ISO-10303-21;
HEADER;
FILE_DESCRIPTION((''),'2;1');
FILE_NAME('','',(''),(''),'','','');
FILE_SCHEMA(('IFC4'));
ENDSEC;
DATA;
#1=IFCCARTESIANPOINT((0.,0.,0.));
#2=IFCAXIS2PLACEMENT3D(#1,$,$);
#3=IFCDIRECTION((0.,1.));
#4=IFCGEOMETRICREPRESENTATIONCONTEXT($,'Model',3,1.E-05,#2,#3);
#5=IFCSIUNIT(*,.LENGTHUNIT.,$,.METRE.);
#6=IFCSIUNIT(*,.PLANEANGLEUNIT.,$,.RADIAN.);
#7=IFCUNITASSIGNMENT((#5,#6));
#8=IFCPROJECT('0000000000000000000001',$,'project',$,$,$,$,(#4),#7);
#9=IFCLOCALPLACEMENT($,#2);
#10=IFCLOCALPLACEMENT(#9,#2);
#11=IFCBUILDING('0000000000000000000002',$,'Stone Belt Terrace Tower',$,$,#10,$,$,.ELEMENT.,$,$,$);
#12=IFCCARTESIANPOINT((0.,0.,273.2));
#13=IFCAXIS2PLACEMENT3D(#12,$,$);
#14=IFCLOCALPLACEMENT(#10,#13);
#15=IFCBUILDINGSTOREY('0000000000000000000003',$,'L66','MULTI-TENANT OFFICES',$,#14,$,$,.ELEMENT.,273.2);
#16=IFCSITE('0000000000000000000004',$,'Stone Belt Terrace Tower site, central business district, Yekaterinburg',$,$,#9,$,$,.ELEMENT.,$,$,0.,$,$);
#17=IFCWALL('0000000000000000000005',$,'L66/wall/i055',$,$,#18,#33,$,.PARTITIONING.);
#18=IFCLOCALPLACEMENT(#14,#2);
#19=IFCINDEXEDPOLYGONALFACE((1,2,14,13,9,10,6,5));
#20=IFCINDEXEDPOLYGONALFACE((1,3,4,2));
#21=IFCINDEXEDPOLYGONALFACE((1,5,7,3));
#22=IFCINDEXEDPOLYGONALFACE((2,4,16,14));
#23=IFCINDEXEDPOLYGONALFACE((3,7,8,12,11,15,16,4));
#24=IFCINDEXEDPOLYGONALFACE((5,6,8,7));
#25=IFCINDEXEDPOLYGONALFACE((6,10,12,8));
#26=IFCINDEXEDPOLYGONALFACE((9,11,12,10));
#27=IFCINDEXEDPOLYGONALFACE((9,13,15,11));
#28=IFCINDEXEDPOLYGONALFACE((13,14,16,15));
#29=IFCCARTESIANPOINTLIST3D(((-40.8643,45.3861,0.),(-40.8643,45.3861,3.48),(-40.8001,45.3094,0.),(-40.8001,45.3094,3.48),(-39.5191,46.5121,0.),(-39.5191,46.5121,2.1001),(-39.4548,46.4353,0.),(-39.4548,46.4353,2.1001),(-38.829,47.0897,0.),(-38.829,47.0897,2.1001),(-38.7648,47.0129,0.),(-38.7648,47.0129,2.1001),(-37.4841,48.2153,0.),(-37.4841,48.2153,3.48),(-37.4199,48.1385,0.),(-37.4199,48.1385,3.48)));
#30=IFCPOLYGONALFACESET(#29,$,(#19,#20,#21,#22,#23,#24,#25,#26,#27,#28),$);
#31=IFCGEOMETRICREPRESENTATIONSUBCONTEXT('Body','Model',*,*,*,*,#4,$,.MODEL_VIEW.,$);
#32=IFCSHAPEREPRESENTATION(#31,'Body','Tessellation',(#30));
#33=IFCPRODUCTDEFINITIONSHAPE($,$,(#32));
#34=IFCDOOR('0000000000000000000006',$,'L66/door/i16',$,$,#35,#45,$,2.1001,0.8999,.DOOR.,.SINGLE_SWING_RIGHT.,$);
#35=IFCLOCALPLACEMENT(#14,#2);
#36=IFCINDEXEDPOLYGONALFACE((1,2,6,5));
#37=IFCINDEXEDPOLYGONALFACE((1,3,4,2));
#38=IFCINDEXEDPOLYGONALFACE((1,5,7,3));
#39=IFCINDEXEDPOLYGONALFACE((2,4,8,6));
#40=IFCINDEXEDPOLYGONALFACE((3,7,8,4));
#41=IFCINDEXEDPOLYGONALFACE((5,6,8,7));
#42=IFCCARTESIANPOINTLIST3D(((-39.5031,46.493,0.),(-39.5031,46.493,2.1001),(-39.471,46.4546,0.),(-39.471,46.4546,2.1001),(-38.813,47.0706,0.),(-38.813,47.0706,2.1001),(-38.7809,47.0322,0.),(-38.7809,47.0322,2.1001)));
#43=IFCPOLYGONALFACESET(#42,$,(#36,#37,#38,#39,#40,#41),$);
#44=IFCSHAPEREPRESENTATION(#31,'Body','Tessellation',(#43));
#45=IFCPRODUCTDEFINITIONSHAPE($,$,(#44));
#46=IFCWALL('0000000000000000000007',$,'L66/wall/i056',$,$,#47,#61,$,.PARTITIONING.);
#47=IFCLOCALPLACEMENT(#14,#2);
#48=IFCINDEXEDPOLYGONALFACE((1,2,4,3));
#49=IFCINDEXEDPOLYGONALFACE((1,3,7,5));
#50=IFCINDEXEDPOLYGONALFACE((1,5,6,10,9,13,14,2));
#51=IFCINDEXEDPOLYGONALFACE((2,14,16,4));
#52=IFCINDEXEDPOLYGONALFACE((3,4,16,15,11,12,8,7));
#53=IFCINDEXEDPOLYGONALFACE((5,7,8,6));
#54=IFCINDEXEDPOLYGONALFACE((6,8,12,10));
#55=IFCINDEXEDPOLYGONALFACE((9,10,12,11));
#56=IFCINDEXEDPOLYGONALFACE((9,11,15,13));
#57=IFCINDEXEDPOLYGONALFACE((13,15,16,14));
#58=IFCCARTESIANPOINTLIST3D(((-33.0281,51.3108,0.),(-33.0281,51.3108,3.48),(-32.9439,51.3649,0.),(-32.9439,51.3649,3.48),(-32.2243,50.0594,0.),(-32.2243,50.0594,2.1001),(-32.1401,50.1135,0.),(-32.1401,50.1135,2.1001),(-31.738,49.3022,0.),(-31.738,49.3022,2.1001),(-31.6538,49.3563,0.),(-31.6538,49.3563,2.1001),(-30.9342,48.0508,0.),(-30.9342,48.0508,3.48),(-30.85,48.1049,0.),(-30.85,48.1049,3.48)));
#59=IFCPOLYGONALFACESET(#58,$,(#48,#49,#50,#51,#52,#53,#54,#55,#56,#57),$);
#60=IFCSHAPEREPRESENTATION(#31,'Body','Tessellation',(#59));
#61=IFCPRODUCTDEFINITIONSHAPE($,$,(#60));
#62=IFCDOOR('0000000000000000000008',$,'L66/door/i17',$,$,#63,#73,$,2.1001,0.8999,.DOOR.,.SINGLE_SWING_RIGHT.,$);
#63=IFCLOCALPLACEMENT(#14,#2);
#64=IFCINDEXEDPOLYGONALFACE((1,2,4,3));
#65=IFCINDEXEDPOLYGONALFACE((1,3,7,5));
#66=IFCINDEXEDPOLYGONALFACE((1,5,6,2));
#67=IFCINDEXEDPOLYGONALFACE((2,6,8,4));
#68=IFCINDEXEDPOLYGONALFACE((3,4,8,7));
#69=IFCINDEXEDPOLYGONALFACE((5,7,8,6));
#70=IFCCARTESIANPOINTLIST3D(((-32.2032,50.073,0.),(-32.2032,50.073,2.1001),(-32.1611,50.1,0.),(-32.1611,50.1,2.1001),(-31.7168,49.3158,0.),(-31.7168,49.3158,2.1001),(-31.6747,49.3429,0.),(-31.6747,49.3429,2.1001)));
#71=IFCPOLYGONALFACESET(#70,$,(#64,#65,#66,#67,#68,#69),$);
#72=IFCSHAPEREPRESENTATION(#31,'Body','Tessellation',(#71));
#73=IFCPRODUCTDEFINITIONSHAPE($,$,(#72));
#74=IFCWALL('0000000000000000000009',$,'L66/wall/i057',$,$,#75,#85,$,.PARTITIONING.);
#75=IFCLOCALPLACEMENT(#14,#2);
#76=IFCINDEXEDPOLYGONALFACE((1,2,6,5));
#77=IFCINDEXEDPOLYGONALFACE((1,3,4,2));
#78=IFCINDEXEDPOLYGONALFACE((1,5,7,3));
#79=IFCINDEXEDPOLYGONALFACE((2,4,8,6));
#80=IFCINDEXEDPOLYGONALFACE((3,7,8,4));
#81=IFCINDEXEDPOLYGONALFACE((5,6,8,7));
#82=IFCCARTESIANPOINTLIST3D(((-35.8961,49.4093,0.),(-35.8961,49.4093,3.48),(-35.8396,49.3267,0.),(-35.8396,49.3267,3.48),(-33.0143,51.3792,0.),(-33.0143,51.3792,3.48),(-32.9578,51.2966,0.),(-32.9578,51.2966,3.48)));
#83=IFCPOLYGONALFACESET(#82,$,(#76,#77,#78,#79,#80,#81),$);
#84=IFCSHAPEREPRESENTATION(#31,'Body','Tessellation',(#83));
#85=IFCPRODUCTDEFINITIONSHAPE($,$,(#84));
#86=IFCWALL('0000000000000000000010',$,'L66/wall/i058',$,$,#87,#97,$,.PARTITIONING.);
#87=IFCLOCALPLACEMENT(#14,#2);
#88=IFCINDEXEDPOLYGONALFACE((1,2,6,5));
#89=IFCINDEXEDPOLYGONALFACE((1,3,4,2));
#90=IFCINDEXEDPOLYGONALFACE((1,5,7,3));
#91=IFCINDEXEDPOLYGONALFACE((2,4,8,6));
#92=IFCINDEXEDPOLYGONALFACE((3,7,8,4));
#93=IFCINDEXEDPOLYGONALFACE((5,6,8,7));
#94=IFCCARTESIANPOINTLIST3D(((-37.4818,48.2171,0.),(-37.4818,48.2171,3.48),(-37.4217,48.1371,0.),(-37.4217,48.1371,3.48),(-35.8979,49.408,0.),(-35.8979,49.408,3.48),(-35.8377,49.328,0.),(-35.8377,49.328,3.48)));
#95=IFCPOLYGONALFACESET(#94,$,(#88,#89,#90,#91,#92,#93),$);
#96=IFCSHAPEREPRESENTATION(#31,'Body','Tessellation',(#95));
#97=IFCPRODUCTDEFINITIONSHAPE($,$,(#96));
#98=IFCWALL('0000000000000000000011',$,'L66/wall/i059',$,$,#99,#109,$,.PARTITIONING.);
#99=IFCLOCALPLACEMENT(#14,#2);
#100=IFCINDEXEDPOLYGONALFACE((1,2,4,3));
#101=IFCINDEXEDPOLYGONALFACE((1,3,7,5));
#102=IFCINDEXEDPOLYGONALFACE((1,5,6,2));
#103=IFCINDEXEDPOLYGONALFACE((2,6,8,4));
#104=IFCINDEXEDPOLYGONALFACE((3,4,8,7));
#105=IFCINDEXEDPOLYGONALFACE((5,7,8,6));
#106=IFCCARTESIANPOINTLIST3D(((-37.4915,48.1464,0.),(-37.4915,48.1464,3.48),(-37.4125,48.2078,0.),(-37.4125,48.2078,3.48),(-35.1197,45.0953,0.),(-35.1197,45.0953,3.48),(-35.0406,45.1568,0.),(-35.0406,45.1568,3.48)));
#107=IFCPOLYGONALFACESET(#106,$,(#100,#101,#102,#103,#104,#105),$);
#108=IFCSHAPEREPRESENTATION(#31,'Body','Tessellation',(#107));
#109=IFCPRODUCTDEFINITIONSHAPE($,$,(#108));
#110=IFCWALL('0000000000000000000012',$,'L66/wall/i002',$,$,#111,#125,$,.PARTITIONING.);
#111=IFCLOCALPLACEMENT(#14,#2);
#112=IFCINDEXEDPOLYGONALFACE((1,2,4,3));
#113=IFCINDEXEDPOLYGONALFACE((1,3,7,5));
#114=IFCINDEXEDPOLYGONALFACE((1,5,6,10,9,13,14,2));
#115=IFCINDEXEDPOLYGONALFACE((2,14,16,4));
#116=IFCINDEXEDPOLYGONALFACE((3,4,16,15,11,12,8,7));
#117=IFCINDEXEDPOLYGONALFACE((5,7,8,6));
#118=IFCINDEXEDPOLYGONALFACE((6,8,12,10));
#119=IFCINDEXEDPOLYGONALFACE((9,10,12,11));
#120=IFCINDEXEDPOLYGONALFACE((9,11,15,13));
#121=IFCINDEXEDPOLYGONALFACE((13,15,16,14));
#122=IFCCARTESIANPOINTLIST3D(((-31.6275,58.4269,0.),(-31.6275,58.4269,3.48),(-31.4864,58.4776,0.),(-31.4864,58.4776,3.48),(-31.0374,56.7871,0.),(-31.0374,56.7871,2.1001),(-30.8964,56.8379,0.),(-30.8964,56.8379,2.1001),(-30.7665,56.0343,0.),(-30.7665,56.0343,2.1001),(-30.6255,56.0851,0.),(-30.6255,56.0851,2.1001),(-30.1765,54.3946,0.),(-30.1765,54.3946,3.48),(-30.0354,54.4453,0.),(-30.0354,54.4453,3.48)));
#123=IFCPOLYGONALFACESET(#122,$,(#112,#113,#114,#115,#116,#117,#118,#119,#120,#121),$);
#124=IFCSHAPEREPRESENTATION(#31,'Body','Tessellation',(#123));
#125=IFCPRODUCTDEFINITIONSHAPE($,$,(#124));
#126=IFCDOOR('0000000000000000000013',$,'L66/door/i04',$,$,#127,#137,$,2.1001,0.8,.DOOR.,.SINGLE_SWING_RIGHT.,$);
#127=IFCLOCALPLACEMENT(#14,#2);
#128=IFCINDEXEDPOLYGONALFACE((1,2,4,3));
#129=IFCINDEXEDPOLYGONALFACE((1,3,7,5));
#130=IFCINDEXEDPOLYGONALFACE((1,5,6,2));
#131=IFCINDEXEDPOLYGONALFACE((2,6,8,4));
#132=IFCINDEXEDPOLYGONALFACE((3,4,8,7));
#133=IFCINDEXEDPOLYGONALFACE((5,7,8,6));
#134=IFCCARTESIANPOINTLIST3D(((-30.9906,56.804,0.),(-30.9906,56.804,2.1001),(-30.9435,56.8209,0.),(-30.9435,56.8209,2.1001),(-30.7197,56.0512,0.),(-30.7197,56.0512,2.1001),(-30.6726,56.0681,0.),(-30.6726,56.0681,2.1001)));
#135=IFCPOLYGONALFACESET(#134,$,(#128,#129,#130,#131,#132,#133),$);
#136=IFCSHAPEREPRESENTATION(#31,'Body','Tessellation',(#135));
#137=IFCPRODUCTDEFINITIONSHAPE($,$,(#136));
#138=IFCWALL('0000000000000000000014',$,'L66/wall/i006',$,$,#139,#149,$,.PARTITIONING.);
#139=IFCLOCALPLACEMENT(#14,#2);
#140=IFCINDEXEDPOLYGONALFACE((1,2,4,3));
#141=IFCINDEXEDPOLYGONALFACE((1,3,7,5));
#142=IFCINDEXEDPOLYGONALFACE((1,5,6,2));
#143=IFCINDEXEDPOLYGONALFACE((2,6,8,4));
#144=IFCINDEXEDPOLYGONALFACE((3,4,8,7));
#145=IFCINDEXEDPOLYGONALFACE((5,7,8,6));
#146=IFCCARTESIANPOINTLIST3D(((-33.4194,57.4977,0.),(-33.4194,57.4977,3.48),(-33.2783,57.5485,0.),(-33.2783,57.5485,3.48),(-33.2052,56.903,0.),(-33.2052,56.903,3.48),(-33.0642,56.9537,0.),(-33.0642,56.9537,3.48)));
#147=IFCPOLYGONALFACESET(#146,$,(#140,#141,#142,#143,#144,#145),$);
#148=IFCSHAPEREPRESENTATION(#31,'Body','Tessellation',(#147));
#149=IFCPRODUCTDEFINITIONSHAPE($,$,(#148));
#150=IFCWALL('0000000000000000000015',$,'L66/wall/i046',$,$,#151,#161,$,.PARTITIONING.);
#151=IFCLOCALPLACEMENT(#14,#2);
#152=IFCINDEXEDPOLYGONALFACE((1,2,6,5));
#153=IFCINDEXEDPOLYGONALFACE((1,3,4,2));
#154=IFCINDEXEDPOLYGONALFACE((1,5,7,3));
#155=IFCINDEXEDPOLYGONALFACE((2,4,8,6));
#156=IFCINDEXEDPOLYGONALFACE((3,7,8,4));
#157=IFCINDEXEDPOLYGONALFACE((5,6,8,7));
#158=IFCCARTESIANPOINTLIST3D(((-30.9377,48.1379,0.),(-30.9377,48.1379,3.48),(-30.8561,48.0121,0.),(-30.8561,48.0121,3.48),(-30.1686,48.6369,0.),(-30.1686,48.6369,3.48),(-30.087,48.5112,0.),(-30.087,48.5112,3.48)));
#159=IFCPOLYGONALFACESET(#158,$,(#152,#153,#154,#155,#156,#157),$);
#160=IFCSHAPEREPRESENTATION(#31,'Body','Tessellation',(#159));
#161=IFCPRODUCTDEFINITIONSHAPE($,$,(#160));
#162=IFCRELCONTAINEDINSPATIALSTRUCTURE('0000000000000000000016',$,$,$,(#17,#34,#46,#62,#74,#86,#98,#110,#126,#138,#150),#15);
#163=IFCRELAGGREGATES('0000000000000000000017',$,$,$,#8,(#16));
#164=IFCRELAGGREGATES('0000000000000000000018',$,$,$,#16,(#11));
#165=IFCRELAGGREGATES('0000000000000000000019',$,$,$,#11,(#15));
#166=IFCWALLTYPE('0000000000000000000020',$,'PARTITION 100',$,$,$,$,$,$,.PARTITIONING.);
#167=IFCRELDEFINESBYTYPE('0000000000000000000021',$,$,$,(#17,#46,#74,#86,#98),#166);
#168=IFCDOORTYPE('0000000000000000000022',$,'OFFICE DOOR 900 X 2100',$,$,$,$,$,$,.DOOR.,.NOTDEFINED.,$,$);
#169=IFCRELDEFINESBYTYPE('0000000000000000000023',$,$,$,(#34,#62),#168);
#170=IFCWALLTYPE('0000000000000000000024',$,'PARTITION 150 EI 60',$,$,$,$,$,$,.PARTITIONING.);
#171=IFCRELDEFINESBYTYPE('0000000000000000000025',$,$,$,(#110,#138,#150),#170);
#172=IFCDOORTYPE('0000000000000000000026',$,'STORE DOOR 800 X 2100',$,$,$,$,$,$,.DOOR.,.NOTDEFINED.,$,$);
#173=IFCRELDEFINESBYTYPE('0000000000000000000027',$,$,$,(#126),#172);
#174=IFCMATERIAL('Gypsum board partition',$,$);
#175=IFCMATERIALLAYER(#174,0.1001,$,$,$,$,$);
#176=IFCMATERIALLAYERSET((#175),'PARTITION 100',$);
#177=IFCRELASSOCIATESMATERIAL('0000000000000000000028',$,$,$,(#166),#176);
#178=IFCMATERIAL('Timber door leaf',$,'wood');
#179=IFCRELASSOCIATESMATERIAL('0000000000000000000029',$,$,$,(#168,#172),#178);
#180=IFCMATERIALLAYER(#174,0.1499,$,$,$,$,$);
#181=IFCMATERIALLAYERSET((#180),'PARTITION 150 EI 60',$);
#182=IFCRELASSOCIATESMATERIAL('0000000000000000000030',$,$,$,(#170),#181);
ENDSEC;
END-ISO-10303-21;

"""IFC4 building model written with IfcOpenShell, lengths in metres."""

from ifc_helpers import new_model, si_unit, direction, frame, frame_2d, origin, place, context, subcontext, project, spatial, rectangle, extrude, material, layer, layer_set, type_object, element, fill, save


model = new_model("IFC4")

# Units and contexts
model_context = context("Model", 3, precision=1e-05, world=origin(), true_north=direction((0.0, 1.0)))
body_context = subcontext(model_context, "Body", "Model", "MODEL_VIEW")
ifc_project = project(units=[si_unit("LENGTHUNIT", "METRE"), si_unit("PLANEANGLEUNIT", "RADIAN")], contexts=[model_context])

# Site, building, storey
site_placement = place(None, origin())
site = spatial("IfcSite", under=ifc_project, at=site_placement, Name="Stone Belt Terrace Tower site, central business district, Yekaterinburg", CompositionType="ELEMENT", RefElevation=0.0)
building_placement = place(site_placement, origin())
building = spatial("IfcBuilding", under=site, at=building_placement, Name="Stone Belt Terrace Tower", CompositionType="ELEMENT")
storey_placement = place(building_placement, frame((0.0, 0.0, 273.2)))
storey = spatial("IfcBuildingStorey", under=building, at=storey_placement, Name="L66", Description="MULTI-TENANT OFFICES", CompositionType="ELEMENT", Elevation=273.2)

# Walls, openings, doors
ifc_material_1 = material(Name="Gypsum board partition")
ifc_layer_1 = layer(ifc_material_1, 0.1001)
ifc_layer_set_1 = layer_set([ifc_layer_1], Name="PARTITION 100")
wall_type_1 = type_object("IfcWallType", Name="PARTITION 100", PredefinedType="PARTITIONING", material=ifc_layer_set_1)
wall_1_placement = place(storey_placement, frame((-37.4519, 48.177, 0.0), z_axis=(0.0, 0.0, 1.0), x_axis=(-0.766844, -0.641834, 0.0)))
wall_1 = element("IfcWall", 1, at=wall_1_placement, inside=storey, type_object=wall_type_1, Name="L66/wall/i055", PredefinedType="PARTITIONING", context=body_context, shape_type="SweptSolid", body=[
    extrude(rectangle(XDim=4.408, YDim=0.1001, at=frame_2d((2.2041, 0.0))), origin(), (0.0, 0.0, 1.0), 3.48),
])
opening_1_placement = place(wall_1_placement, frame((1.7539, 0.0, 0.0)))
opening_1 = element("IfcOpeningElement", 2, at=opening_1_placement, cuts=wall_1, PredefinedType="OPENING", context=body_context, shape_type="SweptSolid", body=[
    extrude(rectangle(XDim=0.8999, YDim=2.1001, at=frame_2d((0.45, 1.05))), frame((0.0, 0.0601, 0.0), z_axis=(0.0, -1.0, 0.0), x_axis=(1.0, 0.0, 0.0)), (0.0, 0.0, 1.0), 0.1201),
])
ifc_material_2 = material(Name="Timber door leaf", Category="wood")
door_type_1 = type_object("IfcDoorType", Name="OFFICE DOOR 900 X 2100", OperationType="NOTDEFINED", PredefinedType="DOOR", material=ifc_material_2)
door_1_placement = place(opening_1_placement, origin())
door_1 = element("IfcDoor", 3, at=door_1_placement, inside=storey, type_object=door_type_1, Name="L66/door/i16", OperationType="SINGLE_SWING_RIGHT", OverallHeight=2.1001, OverallWidth=0.8999, PredefinedType="DOOR", context=body_context, shape_type="SweptSolid", body=[
    extrude(rectangle(XDim=0.8999, YDim=2.1001, at=frame_2d((0.45, 1.05))), frame((0.0, 0.0249, 0.0), z_axis=(0.0, -1.0, 0.0), x_axis=(1.0, 0.0, 0.0)), (0.0, 0.0, 1.0), 0.05),
])
fill(opening_1, door_1)
wall_2_placement = place(storey_placement, frame((-30.8921, 48.0779, 0.0), z_axis=(0.0, 0.0, 1.0), x_axis=(-0.540442, 0.841381, 0.0)))
wall_2 = element("IfcWall", 4, at=wall_2_placement, inside=storey, type_object=wall_type_1, Name="L66/wall/i056", PredefinedType="PARTITIONING", context=body_context, shape_type="SweptSolid", body=[
    extrude(rectangle(XDim=3.8745, YDim=0.1001, at=frame_2d((1.9373, 0.0))), origin(), (0.0, 0.0, 1.0), 3.48),
])
opening_2_placement = place(wall_2_placement, frame((1.4873, 0.0, 0.0)))
opening_2 = element("IfcOpeningElement", 5, at=opening_2_placement, cuts=wall_2, PredefinedType="OPENING", context=body_context, shape_type="SweptSolid", body=[
    extrude(rectangle(XDim=0.8999, YDim=2.1001, at=frame_2d((0.45, 1.05))), frame((0.0, 0.0601, 0.0), z_axis=(0.0, -1.0, 0.0), x_axis=(1.0, 0.0, 0.0)), (0.0, 0.0, 1.0), 0.1201),
])
door_2_placement = place(opening_2_placement, origin())
door_2 = element("IfcDoor", 6, at=door_2_placement, inside=storey, type_object=door_type_1, Name="L66/door/i17", OperationType="SINGLE_SWING_RIGHT", OverallHeight=2.1001, OverallWidth=0.8999, PredefinedType="DOOR", context=body_context, shape_type="SweptSolid", body=[
    extrude(rectangle(XDim=0.8999, YDim=2.1001, at=frame_2d((0.45, 1.05))), frame((0.0, 0.0249, 0.0), z_axis=(0.0, -1.0, 0.0), x_axis=(1.0, 0.0, 0.0)), (0.0, 0.0, 1.0), 0.05),
])
fill(opening_2, door_2)

# Walls
wall_3_placement = place(storey_placement, frame((-32.9861, 51.3379, 0.0), z_axis=(0.0, 0.0, 1.0), x_axis=(-0.825549, -0.56433, 0.0)))
element("IfcWall", 7, at=wall_3_placement, inside=storey, type_object=wall_type_1, Name="L66/wall/i057", PredefinedType="PARTITIONING", context=body_context, shape_type="SweptSolid", body=[
    extrude(rectangle(XDim=3.4907, YDim=0.1001, at=frame_2d((1.7454, 0.0))), origin(), (0.0, 0.0, 1.0), 3.48),
])
wall_4_placement = place(storey_placement, frame((-35.8679, 49.3679, 0.0), z_axis=(0.0, 0.0, 1.0), x_axis=(-0.79929, -0.600946, 0.0)))
element("IfcWall", 8, at=wall_4_placement, inside=storey, type_object=wall_type_1, Name="L66/wall/i058", PredefinedType="PARTITIONING", context=body_context, shape_type="SweptSolid", body=[
    extrude(rectangle(XDim=1.9817, YDim=0.1001, at=frame_2d((0.9907, 0.0))), origin(), (0.0, 0.0, 1.0), 3.48),
])
wall_5_placement = place(storey_placement, frame((-37.4519, 48.177, 0.0), z_axis=(0.0, 0.0, 1.0), x_axis=(0.613748, -0.789502, 0.0)))
element("IfcWall", 9, at=wall_5_placement, inside=storey, type_object=wall_type_1, Name="L66/wall/i059", PredefinedType="PARTITIONING", context=body_context, shape_type="SweptSolid", body=[
    extrude(rectangle(XDim=3.8645, YDim=0.1001, at=frame_2d((1.9321, 0.0))), origin(), (0.0, 0.0, 1.0), 3.48),
])

# Wall, opening, door
ifc_layer_2 = layer(ifc_material_1, 0.1499)
ifc_layer_set_2 = layer_set([ifc_layer_2], Name="PARTITION 150 EI 60")
wall_type_2 = type_object("IfcWallType", Name="PARTITION 150 EI 60", PredefinedType="PARTITIONING", material=ifc_layer_set_2)
wall_6_placement = place(storey_placement, frame((-31.5569, 58.4521, 0.0), z_axis=(0.0, 0.0, 1.0), x_axis=(0.33858, -0.940938, 0.0)))
wall_6 = element("IfcWall", 10, at=wall_6_placement, inside=storey, type_object=wall_type_2, Name="L66/wall/i002", PredefinedType="PARTITIONING", context=body_context, shape_type="SweptSolid", body=[
    extrude(rectangle(XDim=4.2854, YDim=0.1499, at=frame_2d((2.1426, 0.0))), origin(), (0.0, 0.0, 1.0), 3.48),
])
opening_3_placement = place(wall_6_placement, frame((1.7427, 0.0, 0.0)))
opening_3 = element("IfcOpeningElement", 11, at=opening_3_placement, cuts=wall_6, PredefinedType="OPENING", context=body_context, shape_type="SweptSolid", body=[
    extrude(rectangle(XDim=0.8, YDim=2.1001, at=frame_2d((0.3999, 1.05))), frame((0.0, 0.085, 0.0), z_axis=(0.0, -1.0, 0.0), x_axis=(1.0, 0.0, 0.0)), (0.0, 0.0, 1.0), 0.1699),
])
door_type_2 = type_object("IfcDoorType", Name="STORE DOOR 800 X 2100", OperationType="NOTDEFINED", PredefinedType="DOOR", material=ifc_material_2)
door_3_placement = place(opening_3_placement, origin())
door_3 = element("IfcDoor", 12, at=door_3_placement, inside=storey, type_object=door_type_2, Name="L66/door/i04", OperationType="SINGLE_SWING_RIGHT", OverallHeight=2.1001, OverallWidth=0.8, PredefinedType="DOOR", context=body_context, shape_type="SweptSolid", body=[
    extrude(rectangle(XDim=0.8, YDim=2.1001, at=frame_2d((0.3999, 1.05))), frame((0.0, 0.0249, 0.0), z_axis=(0.0, -1.0, 0.0), x_axis=(1.0, 0.0, 0.0)), (0.0, 0.0, 1.0), 0.05),
])
fill(opening_3, door_3)

# Walls
wall_7_placement = place(storey_placement, frame((-33.1348, 56.9285, 0.0), z_axis=(0.0, 0.0, 1.0), x_axis=(-0.338733, 0.940882, 0.0)))
element("IfcWall", 13, at=wall_7_placement, inside=storey, type_object=wall_type_2, Name="L66/wall/i006", PredefinedType="PARTITIONING", context=body_context, shape_type="SweptSolid", body=[
    extrude(rectangle(XDim=0.6321, YDim=0.1499, at=frame_2d((0.3159, 0.0))), origin(), (0.0, 0.0, 1.0), 3.48),
])
wall_8_placement = place(storey_placement, frame((-30.897, 48.075, 0.0), z_axis=(0.0, 0.0, 1.0), x_axis=(0.838869, 0.544333, 0.0)))
element("IfcWall", 14, at=wall_8_placement, inside=storey, type_object=wall_type_2, Name="L66/wall/i046", PredefinedType="PARTITIONING", context=body_context, shape_type="SweptSolid", body=[
    extrude(rectangle(XDim=0.9167, YDim=0.1499, at=frame_2d((0.4585, 0.0))), origin(), (0.0, 0.0, 1.0), 3.48),
])

save(model, "model.ifc")
